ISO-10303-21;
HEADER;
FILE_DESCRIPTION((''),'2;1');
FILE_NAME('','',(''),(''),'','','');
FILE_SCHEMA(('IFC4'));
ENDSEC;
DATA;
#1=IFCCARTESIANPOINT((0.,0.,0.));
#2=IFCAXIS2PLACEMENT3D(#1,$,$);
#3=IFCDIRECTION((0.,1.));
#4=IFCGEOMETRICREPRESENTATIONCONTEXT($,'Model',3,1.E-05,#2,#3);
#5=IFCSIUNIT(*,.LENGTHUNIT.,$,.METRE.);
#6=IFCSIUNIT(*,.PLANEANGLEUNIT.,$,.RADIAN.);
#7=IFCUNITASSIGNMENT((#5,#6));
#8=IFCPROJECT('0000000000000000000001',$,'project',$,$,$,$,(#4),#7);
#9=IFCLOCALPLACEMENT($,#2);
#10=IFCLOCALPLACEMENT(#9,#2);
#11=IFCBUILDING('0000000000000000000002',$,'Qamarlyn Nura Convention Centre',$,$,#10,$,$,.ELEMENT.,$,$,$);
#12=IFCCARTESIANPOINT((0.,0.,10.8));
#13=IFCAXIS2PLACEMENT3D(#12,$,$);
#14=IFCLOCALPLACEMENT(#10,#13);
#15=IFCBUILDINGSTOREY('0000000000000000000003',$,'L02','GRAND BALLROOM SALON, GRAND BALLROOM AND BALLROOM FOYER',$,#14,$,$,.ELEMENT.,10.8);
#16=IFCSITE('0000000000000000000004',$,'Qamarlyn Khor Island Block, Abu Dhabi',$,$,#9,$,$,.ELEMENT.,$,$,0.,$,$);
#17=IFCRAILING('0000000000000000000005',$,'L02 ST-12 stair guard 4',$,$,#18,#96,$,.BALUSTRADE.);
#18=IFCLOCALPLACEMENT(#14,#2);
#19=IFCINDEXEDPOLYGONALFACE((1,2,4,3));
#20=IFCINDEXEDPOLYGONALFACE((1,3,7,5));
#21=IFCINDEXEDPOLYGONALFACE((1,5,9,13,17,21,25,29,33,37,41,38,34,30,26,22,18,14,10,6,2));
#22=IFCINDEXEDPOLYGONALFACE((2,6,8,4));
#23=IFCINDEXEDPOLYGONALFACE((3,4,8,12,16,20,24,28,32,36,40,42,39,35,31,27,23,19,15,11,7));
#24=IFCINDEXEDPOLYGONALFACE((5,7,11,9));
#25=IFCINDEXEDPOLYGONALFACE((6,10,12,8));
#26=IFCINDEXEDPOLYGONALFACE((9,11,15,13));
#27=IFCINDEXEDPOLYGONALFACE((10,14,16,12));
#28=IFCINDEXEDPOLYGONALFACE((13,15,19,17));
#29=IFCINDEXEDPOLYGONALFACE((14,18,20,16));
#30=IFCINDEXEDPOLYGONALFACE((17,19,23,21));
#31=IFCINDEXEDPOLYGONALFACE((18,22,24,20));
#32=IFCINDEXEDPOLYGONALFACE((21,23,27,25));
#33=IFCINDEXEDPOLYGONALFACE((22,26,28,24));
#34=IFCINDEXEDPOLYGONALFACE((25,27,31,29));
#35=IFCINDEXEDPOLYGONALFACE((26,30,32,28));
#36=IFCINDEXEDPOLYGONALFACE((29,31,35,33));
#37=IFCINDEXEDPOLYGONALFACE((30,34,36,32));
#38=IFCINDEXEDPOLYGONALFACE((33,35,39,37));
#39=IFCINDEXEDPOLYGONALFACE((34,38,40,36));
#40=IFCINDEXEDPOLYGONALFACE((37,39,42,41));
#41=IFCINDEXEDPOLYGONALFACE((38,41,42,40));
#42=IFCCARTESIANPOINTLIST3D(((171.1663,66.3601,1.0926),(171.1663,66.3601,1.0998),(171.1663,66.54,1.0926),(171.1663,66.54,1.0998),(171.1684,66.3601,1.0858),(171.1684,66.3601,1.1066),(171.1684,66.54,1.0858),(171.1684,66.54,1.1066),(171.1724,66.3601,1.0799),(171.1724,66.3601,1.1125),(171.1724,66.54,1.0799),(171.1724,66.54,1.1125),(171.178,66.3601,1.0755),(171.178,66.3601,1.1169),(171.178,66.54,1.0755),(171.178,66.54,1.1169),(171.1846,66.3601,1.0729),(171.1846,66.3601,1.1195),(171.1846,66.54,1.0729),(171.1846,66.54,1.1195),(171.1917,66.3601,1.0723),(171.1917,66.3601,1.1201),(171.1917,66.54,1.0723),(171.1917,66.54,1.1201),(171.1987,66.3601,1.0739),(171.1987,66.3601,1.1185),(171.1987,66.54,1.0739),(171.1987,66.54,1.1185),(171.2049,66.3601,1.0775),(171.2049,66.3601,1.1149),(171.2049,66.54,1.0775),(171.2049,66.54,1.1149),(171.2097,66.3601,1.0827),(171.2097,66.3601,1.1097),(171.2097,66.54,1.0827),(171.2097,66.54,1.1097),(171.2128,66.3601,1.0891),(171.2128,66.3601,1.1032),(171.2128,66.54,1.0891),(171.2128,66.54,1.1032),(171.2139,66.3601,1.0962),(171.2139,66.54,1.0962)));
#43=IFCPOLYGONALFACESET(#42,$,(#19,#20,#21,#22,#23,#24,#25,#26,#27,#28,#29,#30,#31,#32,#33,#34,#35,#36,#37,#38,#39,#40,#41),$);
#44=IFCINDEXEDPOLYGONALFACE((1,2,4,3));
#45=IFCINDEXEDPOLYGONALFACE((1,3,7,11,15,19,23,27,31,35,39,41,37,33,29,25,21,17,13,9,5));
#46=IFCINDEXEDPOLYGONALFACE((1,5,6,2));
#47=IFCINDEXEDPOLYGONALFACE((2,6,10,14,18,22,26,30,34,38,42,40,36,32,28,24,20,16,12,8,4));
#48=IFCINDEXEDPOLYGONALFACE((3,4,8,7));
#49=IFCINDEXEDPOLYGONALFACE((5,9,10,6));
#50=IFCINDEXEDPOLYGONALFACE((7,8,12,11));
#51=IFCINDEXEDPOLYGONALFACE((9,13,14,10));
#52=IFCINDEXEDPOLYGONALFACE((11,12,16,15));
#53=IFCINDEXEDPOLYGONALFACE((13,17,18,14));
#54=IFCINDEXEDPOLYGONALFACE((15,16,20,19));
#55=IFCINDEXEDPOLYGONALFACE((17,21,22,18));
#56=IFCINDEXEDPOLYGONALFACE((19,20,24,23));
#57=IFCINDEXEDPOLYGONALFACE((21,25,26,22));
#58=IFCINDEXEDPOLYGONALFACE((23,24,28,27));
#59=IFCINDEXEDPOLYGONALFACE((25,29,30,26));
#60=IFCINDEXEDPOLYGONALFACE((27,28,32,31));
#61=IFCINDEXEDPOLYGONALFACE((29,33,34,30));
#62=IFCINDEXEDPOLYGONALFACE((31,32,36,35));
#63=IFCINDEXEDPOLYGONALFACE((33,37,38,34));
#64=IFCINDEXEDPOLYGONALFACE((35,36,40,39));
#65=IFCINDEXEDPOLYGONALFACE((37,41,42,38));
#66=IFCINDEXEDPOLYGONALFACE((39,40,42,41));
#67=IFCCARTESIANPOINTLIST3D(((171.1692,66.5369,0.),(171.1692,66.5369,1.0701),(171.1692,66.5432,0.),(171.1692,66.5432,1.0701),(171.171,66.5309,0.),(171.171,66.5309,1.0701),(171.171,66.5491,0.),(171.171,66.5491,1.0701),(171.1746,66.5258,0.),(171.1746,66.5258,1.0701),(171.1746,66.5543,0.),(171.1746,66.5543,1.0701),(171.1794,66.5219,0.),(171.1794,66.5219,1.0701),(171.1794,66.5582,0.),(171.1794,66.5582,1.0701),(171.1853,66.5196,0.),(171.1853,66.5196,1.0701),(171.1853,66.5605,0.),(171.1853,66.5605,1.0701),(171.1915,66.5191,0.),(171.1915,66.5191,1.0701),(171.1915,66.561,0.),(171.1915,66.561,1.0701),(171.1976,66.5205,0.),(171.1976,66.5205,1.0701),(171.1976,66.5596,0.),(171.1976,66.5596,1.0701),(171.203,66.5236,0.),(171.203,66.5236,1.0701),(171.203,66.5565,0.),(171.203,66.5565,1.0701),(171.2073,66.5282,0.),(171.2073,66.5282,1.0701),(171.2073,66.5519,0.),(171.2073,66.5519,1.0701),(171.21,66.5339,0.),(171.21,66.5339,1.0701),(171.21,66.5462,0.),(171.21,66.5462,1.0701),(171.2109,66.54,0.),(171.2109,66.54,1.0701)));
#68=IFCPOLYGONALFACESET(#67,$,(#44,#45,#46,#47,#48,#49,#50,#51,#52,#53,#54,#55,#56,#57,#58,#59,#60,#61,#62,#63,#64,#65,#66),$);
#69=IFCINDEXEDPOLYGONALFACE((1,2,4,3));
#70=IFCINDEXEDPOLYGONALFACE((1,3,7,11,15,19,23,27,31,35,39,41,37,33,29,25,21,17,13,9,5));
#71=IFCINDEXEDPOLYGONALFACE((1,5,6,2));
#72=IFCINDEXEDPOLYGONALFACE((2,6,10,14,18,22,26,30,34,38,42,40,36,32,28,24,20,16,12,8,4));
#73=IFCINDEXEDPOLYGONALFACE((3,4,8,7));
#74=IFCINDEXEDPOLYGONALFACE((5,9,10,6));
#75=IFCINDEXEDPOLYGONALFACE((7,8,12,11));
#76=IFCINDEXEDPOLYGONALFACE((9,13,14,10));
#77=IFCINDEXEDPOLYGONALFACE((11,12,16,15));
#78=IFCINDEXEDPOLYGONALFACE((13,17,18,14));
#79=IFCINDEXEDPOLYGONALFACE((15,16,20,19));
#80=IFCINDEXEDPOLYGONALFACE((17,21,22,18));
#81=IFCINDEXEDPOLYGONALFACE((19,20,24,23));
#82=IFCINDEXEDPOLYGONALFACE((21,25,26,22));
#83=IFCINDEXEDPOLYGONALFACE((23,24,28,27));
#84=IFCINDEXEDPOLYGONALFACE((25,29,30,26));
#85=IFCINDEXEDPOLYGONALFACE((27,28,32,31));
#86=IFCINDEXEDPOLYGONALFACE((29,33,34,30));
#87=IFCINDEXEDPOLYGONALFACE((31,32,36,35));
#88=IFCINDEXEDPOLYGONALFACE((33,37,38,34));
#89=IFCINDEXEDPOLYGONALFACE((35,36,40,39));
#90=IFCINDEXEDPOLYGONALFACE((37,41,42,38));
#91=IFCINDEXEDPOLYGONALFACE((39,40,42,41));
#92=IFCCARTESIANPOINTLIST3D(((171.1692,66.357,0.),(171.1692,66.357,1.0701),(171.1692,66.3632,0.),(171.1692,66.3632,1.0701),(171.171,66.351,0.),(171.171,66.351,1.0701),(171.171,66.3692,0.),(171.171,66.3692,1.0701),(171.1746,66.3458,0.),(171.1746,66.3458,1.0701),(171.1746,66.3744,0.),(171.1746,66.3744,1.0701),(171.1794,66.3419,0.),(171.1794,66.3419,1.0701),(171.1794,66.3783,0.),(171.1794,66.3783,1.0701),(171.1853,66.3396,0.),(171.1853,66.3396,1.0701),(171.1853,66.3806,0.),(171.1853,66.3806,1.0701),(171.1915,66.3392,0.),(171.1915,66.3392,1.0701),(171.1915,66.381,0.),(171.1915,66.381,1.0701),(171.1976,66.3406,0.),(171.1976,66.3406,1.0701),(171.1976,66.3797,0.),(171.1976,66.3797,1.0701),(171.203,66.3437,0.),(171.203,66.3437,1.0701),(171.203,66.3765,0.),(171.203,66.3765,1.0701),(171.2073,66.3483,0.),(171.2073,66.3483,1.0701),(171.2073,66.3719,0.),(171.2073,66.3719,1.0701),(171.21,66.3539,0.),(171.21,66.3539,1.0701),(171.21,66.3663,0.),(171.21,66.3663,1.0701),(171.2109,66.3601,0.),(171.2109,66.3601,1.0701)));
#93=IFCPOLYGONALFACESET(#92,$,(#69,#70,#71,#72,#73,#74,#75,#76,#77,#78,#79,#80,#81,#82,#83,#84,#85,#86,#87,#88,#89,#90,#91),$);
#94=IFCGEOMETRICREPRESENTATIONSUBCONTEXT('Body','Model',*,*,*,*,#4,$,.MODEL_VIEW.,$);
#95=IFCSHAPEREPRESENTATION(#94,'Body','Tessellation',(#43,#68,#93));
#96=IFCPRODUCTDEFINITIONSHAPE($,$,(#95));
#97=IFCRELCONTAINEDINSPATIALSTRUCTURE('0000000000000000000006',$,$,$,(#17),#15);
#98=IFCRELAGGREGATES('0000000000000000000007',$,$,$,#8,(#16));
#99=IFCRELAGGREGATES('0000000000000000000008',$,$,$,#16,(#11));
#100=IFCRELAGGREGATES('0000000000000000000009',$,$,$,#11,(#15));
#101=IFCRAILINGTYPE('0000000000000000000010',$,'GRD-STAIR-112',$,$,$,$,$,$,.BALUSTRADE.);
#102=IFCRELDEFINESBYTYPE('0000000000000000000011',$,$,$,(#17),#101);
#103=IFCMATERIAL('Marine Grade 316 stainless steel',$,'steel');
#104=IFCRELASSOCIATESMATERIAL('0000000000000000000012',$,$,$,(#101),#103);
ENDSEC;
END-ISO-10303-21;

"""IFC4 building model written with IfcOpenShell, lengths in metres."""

from ifc_helpers import new_model, si_unit, direction, frame, origin, origin_2d, place, context, subcontext, project, spatial, circle, extrude, material, type_object, element, save


model = new_model("IFC4")

# Units and contexts
model_context = context("Model", 3, precision=1e-05, world=origin(), true_north=direction((0.0, 1.0)))
body_context = subcontext(model_context, "Body", "Model", "MODEL_VIEW")
ifc_project = project(units=[si_unit("LENGTHUNIT", "METRE"), si_unit("PLANEANGLEUNIT", "RADIAN")], contexts=[model_context])

# Site, building, storey
site_placement = place(None, origin())
site = spatial("IfcSite", under=ifc_project, at=site_placement, Name="Qamarlyn Khor Island Block, Abu Dhabi", CompositionType="ELEMENT", RefElevation=0.0)
building_placement = place(site_placement, origin())
building = spatial("IfcBuilding", under=site, at=building_placement, Name="Qamarlyn Nura Convention Centre", CompositionType="ELEMENT")
storey_placement = place(building_placement, frame((0.0, 0.0, 10.8)))
storey = spatial("IfcBuildingStorey", under=building, at=storey_placement, Name="L02", Description="GRAND BALLROOM SALON, GRAND BALLROOM AND BALLROOM FOYER", CompositionType="ELEMENT", Elevation=10.8)

# Railing
ifc_material_1 = material(Name="Marine Grade 316 stainless steel", Category="steel")
railing_type_1 = type_object("IfcRailingType", Name="GRD-STAIR-112", PredefinedType="BALUSTRADE", material=ifc_material_1)
railing_1_placement = place(storey_placement, frame((171.1899, 66.54, 0.0)))
element("IfcRailing", 1, at=railing_1_placement, inside=storey, type_object=railing_type_1, Name="L02 ST-12 stair guard 4", PredefinedType="BALUSTRADE", context=body_context, shape_type="SweptSolid", body=[
    extrude(circle(Radius=0.0239, at=origin_2d()), frame((0.0, 0.0, 1.0962), z_axis=(0.0, -1.0, 0.0), x_axis=(1.0, 0.0, 0.0)), (0.0, 0.0, 1.0), 0.1799),
    extrude(circle(Radius=0.021, at=origin_2d()), origin(), (0.0, 0.0, 1.0), 1.0701),
    extrude(circle(Radius=0.021, at=origin_2d()), frame((0.0, -0.1799, 0.0)), (0.0, 0.0, 1.0), 1.0701),
])

save(model, "model.ifc")
